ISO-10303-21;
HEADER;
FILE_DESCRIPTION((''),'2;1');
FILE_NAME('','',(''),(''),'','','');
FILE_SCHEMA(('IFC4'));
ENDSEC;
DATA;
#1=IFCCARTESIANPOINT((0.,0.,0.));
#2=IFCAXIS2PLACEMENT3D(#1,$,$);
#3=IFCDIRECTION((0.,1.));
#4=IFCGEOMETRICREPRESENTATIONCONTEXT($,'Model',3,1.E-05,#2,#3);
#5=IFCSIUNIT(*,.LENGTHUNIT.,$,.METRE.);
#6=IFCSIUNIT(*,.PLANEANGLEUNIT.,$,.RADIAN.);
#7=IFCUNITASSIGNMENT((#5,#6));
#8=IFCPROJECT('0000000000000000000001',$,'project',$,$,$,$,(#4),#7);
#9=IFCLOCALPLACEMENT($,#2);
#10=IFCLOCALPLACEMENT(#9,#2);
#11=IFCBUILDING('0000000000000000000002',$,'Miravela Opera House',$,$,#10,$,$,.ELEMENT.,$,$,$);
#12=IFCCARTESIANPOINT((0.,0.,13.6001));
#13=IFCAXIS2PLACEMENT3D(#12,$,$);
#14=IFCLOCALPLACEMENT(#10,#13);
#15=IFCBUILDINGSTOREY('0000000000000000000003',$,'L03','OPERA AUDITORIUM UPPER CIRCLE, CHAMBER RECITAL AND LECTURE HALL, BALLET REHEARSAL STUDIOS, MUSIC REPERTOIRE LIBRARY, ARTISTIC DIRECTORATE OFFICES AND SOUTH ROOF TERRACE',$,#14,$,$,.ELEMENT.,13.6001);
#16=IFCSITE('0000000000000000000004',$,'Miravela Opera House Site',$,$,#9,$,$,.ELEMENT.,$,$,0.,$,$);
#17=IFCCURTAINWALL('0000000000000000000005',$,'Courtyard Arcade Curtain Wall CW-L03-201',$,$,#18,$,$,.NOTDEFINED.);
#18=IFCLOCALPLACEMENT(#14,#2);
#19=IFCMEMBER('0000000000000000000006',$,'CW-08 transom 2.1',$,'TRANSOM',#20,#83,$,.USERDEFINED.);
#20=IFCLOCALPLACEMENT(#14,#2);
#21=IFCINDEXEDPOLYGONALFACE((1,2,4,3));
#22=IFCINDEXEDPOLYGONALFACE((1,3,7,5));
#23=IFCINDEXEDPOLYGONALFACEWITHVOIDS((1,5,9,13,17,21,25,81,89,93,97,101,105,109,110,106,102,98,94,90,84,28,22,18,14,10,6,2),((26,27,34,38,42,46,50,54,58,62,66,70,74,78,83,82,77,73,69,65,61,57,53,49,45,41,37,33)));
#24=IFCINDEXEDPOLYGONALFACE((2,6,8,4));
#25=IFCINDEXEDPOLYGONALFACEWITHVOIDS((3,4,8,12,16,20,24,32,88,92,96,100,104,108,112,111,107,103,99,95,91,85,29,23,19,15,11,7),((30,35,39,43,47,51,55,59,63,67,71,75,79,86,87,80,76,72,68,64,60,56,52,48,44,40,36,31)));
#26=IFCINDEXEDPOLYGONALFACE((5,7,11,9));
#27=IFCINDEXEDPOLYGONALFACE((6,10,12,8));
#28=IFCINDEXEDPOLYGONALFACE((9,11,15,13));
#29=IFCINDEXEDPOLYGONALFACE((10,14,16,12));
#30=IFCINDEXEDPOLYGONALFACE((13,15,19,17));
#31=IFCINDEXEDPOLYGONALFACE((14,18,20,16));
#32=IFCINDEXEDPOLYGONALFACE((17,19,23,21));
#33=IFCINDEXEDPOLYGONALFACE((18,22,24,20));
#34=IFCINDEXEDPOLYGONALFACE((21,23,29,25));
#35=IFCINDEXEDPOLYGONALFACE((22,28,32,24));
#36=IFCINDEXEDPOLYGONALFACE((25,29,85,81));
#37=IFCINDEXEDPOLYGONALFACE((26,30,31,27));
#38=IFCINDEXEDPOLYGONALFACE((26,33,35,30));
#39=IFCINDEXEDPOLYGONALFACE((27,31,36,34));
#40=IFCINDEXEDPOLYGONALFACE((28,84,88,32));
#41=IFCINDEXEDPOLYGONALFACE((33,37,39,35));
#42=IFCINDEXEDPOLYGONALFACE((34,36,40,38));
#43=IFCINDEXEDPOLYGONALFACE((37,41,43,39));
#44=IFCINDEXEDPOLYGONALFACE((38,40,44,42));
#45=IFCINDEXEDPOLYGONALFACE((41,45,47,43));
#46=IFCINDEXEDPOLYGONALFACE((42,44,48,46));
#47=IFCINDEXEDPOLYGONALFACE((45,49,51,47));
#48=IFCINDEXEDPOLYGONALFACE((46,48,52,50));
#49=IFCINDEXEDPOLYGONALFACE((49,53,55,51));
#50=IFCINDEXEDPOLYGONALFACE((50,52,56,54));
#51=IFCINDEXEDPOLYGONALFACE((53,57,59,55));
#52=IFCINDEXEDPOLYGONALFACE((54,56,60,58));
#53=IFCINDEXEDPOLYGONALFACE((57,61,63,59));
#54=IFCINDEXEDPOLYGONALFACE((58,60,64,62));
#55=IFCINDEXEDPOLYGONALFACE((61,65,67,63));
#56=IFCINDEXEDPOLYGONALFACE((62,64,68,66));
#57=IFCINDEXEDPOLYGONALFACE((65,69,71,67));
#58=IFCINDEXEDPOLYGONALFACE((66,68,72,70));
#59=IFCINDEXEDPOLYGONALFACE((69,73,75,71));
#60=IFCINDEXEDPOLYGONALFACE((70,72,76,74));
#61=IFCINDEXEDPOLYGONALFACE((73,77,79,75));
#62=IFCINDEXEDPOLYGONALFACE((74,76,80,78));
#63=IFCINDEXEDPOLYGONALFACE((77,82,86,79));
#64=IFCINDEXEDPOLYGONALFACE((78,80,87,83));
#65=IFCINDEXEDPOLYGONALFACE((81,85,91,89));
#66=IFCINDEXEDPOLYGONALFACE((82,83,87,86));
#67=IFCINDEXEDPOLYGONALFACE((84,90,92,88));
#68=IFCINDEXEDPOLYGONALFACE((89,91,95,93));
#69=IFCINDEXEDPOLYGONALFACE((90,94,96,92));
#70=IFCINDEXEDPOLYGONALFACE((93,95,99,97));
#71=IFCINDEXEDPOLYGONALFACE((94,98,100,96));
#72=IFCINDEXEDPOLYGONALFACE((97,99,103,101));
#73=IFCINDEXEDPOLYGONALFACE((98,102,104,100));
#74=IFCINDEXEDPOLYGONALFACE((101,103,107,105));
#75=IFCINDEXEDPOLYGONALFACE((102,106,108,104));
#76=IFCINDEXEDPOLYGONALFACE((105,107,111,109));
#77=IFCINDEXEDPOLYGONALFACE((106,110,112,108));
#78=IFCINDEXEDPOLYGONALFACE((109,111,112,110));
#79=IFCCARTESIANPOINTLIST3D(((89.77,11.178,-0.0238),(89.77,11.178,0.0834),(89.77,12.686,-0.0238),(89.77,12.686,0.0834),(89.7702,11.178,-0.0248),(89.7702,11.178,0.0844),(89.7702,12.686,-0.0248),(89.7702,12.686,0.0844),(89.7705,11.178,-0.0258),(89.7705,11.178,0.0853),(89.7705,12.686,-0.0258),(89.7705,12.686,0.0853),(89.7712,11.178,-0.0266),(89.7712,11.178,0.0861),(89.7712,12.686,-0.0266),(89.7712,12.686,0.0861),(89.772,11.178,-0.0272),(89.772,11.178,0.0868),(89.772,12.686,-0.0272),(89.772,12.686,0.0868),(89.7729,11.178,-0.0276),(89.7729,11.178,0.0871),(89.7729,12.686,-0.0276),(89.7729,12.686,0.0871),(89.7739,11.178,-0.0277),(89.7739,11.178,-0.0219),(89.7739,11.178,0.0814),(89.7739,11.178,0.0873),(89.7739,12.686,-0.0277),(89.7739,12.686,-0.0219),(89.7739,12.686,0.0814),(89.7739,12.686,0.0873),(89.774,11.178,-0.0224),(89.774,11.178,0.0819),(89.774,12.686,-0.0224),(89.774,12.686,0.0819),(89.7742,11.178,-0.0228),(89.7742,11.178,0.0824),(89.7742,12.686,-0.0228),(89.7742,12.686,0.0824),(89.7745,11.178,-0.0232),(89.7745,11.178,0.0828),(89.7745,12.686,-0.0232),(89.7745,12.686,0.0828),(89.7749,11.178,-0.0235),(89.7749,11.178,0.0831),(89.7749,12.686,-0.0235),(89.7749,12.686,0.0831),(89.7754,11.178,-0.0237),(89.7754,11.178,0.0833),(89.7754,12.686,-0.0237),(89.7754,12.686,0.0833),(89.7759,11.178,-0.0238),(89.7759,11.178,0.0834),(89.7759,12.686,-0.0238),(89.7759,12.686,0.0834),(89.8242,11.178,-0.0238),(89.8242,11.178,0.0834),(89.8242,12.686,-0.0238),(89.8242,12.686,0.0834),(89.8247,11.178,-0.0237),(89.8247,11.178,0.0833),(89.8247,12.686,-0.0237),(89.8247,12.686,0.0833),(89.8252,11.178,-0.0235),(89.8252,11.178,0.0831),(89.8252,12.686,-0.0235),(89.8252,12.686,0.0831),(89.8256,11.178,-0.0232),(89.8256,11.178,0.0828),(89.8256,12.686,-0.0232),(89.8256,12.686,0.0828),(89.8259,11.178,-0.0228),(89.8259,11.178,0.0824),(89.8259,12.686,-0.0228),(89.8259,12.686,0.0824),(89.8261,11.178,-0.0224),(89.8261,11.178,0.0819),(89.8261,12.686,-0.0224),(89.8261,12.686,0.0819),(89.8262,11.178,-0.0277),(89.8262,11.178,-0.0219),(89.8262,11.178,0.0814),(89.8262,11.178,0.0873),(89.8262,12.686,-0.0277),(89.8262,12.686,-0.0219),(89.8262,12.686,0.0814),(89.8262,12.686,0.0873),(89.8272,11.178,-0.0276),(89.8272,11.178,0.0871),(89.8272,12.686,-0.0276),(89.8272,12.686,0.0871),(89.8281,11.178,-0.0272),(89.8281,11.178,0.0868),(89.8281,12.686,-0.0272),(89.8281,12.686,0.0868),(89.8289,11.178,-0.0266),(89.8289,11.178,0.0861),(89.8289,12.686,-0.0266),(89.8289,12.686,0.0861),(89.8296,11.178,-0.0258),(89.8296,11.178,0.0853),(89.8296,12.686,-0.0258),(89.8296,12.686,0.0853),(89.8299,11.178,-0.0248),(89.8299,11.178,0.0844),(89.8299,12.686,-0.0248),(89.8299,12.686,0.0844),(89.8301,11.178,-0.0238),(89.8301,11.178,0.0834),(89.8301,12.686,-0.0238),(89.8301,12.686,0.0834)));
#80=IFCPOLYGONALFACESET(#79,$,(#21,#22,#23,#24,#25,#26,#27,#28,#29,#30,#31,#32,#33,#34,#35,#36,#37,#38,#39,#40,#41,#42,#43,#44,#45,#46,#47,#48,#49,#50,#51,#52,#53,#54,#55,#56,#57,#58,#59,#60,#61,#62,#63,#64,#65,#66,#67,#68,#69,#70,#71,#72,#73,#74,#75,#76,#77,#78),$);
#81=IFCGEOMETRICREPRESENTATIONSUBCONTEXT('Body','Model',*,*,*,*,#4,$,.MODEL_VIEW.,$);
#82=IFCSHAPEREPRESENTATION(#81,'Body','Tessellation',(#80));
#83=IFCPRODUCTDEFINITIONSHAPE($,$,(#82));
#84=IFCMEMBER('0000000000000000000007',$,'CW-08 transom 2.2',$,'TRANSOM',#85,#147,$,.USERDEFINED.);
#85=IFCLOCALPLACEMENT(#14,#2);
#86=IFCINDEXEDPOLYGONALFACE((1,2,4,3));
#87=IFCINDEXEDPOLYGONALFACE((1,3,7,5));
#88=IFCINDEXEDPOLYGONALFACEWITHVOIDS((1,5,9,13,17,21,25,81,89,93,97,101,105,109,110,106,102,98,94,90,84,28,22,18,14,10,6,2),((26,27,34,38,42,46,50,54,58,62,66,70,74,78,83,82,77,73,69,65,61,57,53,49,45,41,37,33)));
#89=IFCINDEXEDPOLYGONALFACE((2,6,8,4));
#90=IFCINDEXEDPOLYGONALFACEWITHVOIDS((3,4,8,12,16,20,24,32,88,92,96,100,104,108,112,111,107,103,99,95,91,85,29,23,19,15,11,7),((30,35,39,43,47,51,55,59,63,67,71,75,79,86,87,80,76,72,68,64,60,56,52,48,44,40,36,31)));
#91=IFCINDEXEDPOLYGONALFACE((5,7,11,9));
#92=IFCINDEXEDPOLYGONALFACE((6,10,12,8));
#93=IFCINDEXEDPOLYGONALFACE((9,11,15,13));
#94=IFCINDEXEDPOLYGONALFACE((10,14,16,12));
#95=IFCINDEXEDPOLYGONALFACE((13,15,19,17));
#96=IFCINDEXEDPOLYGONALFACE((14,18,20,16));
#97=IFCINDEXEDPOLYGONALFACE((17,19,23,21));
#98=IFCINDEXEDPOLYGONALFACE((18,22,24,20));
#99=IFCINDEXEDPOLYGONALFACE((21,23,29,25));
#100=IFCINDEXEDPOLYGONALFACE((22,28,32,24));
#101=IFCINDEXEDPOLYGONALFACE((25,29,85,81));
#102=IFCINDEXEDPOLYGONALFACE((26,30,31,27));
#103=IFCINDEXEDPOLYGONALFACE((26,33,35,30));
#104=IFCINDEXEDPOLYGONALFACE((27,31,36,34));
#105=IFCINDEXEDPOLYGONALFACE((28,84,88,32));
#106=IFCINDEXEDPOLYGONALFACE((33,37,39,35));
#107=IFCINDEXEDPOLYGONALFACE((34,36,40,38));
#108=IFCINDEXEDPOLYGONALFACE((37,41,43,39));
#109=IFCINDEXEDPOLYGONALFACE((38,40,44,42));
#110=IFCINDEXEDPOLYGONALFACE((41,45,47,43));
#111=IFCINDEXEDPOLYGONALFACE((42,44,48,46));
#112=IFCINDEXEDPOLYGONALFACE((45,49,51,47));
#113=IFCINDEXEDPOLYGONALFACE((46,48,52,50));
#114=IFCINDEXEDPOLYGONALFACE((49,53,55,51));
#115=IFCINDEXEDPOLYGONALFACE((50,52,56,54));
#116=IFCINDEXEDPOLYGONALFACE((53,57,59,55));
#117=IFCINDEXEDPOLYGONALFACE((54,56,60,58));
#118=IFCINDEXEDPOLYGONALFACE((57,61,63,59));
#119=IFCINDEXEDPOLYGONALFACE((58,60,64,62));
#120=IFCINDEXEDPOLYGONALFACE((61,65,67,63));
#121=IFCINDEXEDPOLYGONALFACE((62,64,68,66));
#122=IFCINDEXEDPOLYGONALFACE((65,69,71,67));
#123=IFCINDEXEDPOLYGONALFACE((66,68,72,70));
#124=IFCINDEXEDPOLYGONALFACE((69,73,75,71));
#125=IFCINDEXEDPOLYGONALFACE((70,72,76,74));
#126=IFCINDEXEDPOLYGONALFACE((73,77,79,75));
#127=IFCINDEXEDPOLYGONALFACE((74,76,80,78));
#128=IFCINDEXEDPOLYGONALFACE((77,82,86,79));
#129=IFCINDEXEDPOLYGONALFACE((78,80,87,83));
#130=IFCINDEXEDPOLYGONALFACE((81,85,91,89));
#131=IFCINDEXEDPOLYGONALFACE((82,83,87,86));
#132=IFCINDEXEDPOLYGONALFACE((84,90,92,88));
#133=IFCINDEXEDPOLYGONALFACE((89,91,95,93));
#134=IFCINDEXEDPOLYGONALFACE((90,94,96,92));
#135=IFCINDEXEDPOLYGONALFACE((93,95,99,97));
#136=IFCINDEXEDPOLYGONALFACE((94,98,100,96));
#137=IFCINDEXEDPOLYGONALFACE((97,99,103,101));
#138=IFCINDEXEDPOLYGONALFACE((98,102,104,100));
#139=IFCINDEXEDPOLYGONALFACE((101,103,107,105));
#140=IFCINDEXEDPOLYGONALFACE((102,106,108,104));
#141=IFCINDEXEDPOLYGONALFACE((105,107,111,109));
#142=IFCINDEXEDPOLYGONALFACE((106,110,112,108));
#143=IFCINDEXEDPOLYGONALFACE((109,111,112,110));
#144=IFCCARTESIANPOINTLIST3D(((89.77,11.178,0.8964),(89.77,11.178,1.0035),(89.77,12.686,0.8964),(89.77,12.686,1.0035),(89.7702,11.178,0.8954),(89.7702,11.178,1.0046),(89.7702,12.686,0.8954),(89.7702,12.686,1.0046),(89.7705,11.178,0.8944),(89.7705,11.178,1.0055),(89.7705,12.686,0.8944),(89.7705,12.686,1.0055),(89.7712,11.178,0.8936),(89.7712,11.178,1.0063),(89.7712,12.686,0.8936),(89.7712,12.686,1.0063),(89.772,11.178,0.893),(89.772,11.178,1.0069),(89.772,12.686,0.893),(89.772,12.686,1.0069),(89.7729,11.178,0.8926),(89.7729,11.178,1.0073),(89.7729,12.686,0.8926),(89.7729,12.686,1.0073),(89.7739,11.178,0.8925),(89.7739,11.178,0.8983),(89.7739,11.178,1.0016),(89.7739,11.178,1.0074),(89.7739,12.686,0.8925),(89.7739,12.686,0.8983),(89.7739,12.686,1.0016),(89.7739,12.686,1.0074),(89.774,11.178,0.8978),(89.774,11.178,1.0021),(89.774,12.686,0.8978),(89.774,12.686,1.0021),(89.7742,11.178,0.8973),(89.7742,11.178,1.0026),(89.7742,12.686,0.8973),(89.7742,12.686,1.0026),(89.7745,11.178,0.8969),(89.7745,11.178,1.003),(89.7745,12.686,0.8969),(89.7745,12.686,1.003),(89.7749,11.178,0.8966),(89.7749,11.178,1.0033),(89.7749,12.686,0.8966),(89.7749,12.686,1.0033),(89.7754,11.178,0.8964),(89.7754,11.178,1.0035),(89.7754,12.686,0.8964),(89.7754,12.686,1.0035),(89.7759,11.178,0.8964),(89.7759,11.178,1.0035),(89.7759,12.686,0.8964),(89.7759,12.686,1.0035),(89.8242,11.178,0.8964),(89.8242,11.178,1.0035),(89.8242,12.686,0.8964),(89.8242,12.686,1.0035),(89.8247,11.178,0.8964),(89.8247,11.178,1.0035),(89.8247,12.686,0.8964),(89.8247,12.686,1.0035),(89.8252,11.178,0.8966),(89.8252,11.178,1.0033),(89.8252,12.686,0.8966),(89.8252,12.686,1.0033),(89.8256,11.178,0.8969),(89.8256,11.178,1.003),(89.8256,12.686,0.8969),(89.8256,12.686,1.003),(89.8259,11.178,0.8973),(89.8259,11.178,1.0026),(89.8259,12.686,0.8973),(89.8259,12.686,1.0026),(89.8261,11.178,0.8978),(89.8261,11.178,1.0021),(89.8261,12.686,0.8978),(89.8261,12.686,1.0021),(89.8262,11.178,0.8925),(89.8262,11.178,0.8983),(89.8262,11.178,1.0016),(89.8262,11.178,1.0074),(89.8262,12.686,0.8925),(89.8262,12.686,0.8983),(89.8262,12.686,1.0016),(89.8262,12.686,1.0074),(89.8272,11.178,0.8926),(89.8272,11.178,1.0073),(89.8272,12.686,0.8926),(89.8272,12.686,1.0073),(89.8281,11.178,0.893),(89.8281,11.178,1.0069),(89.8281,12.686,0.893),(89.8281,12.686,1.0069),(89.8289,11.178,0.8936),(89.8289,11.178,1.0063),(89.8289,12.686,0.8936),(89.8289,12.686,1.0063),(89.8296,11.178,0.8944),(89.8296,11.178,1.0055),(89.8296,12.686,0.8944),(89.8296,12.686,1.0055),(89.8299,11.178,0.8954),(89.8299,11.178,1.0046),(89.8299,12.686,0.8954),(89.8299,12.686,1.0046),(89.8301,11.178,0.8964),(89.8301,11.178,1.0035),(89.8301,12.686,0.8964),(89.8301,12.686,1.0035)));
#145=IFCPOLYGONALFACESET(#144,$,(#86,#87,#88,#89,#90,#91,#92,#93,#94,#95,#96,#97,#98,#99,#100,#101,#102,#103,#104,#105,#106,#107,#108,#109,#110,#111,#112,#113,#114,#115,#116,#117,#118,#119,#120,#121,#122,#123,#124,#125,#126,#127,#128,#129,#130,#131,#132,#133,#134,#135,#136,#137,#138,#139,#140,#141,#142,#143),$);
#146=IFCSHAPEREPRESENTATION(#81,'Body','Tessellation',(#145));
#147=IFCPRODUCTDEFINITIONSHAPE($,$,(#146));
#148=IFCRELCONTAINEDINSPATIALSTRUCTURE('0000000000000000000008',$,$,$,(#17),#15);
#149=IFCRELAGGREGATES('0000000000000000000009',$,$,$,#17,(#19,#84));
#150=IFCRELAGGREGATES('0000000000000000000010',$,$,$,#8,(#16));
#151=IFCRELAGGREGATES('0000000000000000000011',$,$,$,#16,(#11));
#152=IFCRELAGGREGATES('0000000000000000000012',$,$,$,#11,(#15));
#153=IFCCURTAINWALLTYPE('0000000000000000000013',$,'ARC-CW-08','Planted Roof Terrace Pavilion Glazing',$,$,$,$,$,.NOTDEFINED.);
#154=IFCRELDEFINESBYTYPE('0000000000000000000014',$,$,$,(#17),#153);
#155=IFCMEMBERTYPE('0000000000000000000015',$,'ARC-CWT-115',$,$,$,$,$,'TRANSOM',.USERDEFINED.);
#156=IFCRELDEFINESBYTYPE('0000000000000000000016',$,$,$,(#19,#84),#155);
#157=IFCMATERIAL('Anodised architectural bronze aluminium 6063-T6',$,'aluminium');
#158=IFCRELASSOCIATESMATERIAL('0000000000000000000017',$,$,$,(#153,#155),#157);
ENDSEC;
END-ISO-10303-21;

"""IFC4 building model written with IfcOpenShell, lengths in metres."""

from ifc_helpers import new_model, si_unit, direction, frame, origin, origin_2d, place, context, subcontext, project, spatial, hollow_rectangle, extrude, material, material_profile, profile_set, type_object, element, aggregate, save


model = new_model("IFC4")

# Units and contexts
model_context = context("Model", 3, precision=1e-05, world=origin(), true_north=direction((0.0, 1.0)))
body_context = subcontext(model_context, "Body", "Model", "MODEL_VIEW")
ifc_project = project(units=[si_unit("LENGTHUNIT", "METRE"), si_unit("PLANEANGLEUNIT", "RADIAN")], contexts=[model_context])

# Site, building, storey
site_placement = place(None, origin())
site = spatial("IfcSite", under=ifc_project, at=site_placement, Name="Miravela Opera House Site", CompositionType="ELEMENT", RefElevation=0.0)
building_placement = place(site_placement, origin())
building = spatial("IfcBuilding", under=site, at=building_placement, Name="Miravela Opera House", CompositionType="ELEMENT")
storey_placement = place(building_placement, frame((0.0, 0.0, 13.6001)))
storey = spatial("IfcBuildingStorey", under=building, at=storey_placement, Name="L03", Description="OPERA AUDITORIUM UPPER CIRCLE, CHAMBER RECITAL AND LECTURE HALL, BALLET REHEARSAL STUDIOS, MUSIC REPERTOIRE LIBRARY, ARTISTIC DIRECTORATE OFFICES AND SOUTH ROOF TERRACE", CompositionType="ELEMENT", Elevation=13.6001)

# Curtain wall, members
ifc_material_1 = material(Name="Anodised architectural bronze aluminium 6063-T6", Category="aluminium")
curtain_wall_type = type_object("IfcCurtainWallType", Name="ARC-CW-08", Description="Planted Roof Terrace Pavilion Glazing", PredefinedType="NOTDEFINED", material=ifc_material_1)
curtain_wall_placement = place(storey_placement, origin())
curtain_wall = element("IfcCurtainWall", 1, at=curtain_wall_placement, inside=storey, type_object=curtain_wall_type, Name="Courtyard Arcade Curtain Wall CW-L03-201", PredefinedType="NOTDEFINED")
ifc_material_profile_1 = material_profile(ifc_material_1, hollow_rectangle(XDim=0.0601, YDim=0.115, WallThickness=0.0039, InnerFilletRadius=0.002, OuterFilletRadius=0.0039, at=origin_2d()), Name="CWT-60X115")
ifc_profile_set_1 = profile_set([ifc_material_profile_1])
member_type_1 = type_object("IfcMemberType", Name="ARC-CWT-115", ElementType="TRANSOM", PredefinedType="USERDEFINED", material=ifc_profile_set_1)
member_1_placement = place(storey_placement, frame((89.8, 11.178, 0.0298), z_axis=(0.0, 1.0, 0.0), x_axis=(-1.0, 0.0, 0.0)))
member_1 = element("IfcMember", 2, at=member_1_placement, type_object=member_type_1, Name="CW-08 transom 2.1", ObjectType="TRANSOM", PredefinedType="USERDEFINED", context=body_context, shape_type="SweptSolid", body=[
    extrude(hollow_rectangle(XDim=0.0601, YDim=0.115, WallThickness=0.0039, InnerFilletRadius=0.002, OuterFilletRadius=0.0039, at=origin_2d()), origin(), (0.0, 0.0, 1.0), 1.5081),
])
member_2_placement = place(storey_placement, frame((89.8, 11.178, 0.95), z_axis=(0.0, 1.0, 0.0), x_axis=(-1.0, 0.0, 0.0)))
member_2 = element("IfcMember", 3, at=member_2_placement, type_object=member_type_1, Name="CW-08 transom 2.2", ObjectType="TRANSOM", PredefinedType="USERDEFINED", context=body_context, shape_type="SweptSolid", body=[
    extrude(hollow_rectangle(XDim=0.0601, YDim=0.115, WallThickness=0.0039, InnerFilletRadius=0.002, OuterFilletRadius=0.0039, at=origin_2d()), origin(), (0.0, 0.0, 1.0), 1.5081),
])

aggregate(curtain_wall, [member_1, member_2])

save(model, "model.ifc")
